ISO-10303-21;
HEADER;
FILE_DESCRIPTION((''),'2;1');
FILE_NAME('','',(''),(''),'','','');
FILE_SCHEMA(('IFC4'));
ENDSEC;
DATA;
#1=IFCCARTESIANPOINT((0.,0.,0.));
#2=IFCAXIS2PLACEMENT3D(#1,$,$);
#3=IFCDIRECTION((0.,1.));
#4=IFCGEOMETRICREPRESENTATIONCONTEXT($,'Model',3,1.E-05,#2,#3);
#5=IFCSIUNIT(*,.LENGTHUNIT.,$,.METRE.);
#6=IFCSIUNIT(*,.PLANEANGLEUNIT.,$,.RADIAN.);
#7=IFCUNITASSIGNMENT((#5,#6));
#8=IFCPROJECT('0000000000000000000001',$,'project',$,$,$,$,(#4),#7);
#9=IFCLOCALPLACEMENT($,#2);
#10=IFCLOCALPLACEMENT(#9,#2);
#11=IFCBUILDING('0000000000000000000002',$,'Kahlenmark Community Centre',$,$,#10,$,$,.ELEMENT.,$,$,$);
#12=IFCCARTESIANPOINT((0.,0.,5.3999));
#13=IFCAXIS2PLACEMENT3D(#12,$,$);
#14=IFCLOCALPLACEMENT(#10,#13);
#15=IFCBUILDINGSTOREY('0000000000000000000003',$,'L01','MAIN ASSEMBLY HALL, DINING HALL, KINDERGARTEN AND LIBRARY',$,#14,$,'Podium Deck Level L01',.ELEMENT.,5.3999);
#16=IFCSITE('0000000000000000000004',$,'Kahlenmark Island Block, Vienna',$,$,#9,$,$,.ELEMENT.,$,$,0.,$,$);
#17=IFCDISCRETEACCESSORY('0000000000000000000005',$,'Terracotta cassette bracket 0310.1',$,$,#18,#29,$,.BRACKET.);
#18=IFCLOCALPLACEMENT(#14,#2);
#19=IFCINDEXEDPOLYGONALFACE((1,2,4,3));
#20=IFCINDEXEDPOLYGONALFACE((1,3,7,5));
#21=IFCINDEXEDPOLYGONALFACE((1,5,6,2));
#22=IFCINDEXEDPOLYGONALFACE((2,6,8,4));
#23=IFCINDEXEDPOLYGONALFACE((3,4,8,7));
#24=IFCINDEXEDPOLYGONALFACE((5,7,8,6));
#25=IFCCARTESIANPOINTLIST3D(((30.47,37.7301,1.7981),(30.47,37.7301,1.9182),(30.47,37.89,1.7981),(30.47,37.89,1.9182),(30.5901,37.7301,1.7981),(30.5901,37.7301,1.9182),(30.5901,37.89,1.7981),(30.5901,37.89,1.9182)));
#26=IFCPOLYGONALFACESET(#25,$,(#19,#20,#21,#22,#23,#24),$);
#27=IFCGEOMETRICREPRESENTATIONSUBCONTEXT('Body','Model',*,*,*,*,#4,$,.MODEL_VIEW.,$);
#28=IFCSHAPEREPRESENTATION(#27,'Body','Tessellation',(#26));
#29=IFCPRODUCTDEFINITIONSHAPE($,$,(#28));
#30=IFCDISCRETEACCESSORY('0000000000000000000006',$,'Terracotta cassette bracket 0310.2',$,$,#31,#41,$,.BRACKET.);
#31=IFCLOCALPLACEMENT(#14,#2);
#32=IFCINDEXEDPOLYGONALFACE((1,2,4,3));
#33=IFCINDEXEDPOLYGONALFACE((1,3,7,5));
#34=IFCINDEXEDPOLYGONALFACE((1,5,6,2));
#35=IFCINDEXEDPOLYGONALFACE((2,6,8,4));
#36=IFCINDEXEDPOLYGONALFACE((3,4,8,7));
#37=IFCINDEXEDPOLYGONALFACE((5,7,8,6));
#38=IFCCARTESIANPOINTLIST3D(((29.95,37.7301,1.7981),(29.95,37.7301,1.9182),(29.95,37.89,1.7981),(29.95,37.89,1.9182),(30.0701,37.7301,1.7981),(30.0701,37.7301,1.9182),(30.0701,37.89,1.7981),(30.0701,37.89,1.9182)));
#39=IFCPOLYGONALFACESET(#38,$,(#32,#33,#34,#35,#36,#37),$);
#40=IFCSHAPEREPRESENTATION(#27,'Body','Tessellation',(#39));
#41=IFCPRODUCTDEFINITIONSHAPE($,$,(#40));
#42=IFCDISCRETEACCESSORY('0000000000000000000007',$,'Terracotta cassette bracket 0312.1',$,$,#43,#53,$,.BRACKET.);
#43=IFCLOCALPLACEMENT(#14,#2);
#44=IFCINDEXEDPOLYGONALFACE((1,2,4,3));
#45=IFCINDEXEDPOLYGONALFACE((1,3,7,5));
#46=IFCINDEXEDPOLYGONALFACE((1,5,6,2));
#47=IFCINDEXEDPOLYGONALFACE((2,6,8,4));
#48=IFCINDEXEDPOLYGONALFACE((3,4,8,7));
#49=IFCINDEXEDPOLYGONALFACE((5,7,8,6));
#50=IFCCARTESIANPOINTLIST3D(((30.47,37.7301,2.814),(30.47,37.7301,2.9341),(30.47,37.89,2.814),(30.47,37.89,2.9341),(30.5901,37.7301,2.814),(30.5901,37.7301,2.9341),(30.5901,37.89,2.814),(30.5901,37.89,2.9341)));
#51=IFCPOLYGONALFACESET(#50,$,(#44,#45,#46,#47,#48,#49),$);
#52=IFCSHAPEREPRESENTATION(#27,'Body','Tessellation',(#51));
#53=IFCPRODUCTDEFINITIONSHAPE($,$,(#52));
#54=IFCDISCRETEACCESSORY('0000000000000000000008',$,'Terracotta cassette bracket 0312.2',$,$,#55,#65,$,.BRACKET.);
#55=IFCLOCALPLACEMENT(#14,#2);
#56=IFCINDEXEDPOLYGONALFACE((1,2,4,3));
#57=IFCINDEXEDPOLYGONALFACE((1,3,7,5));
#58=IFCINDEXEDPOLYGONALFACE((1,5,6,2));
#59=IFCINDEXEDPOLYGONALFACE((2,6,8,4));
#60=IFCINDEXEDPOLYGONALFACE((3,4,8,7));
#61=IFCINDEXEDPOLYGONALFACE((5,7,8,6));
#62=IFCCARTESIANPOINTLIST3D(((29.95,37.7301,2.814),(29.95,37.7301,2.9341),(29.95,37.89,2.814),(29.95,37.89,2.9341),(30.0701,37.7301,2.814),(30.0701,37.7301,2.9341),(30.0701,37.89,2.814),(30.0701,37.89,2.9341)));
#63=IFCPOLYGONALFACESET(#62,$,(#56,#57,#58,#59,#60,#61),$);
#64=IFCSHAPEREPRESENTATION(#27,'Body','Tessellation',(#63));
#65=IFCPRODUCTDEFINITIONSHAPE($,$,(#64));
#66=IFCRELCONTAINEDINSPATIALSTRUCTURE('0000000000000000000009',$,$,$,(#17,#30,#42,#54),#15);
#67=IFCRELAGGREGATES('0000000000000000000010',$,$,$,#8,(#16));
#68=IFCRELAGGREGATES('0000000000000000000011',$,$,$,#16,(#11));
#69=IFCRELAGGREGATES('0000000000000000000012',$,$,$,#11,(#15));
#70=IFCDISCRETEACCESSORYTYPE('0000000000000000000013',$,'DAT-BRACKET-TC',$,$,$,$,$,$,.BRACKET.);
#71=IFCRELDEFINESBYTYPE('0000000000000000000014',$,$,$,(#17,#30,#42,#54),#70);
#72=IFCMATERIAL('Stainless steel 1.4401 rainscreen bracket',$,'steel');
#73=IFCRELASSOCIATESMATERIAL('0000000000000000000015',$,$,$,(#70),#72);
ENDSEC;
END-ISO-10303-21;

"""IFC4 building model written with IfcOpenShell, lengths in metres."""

from ifc_helpers import new_model, si_unit, direction, frame, origin, origin_2d, place, context, subcontext, project, spatial, rectangle, extrude, material, type_object, element, save


model = new_model("IFC4")

# Units and contexts
model_context = context("Model", 3, precision=1e-05, world=origin(), true_north=direction((0.0, 1.0)))
body_context = subcontext(model_context, "Body", "Model", "MODEL_VIEW")
ifc_project = project(units=[si_unit("LENGTHUNIT", "METRE"), si_unit("PLANEANGLEUNIT", "RADIAN")], contexts=[model_context])

# Site, building, storey
site_placement = place(None, origin())
site = spatial("IfcSite", under=ifc_project, at=site_placement, Name="Kahlenmark Island Block, Vienna", CompositionType="ELEMENT", RefElevation=0.0)
building_placement = place(site_placement, origin())
building = spatial("IfcBuilding", under=site, at=building_placement, Name="Kahlenmark Community Centre", CompositionType="ELEMENT")
storey_placement = place(building_placement, frame((0.0, 0.0, 5.3999)))
storey = spatial("IfcBuildingStorey", under=building, at=storey_placement, Name="L01", Description="MAIN ASSEMBLY HALL, DINING HALL, KINDERGARTEN AND LIBRARY", LongName="Podium Deck Level L01", CompositionType="ELEMENT", Elevation=5.3999)

# Discrete accessories
ifc_material_1 = material(Name="Stainless steel 1.4401 rainscreen bracket", Category="steel")
discrete_accessory_type = type_object("IfcDiscreteAccessoryType", Name="DAT-BRACKET-TC", PredefinedType="BRACKET", material=ifc_material_1)
for number, where, z_axis, x_axis, name in (
    (1, (30.53, 37.8101, 1.7981), (0.0, 0.0, 1.0), (-1.0, 0.0, 0.0), "Terracotta cassette bracket 0310.1"),
    (2, (30.01, 37.8101, 1.7981), (0.0, 0.0, 1.0), (-1.0, 0.0, 0.0), "Terracotta cassette bracket 0310.2"),
    (3, (30.53, 37.8101, 2.814), (0.0, 0.0, 1.0), (-1.0, 0.0, 0.0), "Terracotta cassette bracket 0312.1"),
    (4, (30.01, 37.8101, 2.814), (0.0, 0.0, 1.0), (-1.0, 0.0, 0.0), "Terracotta cassette bracket 0312.2"),
):
    element("IfcDiscreteAccessory", number, at=place(storey_placement, frame(where, z_axis=z_axis, x_axis=x_axis)), inside=storey, type_object=discrete_accessory_type, Name=name, PredefinedType="BRACKET", context=body_context, shape_type="SweptSolid", body=[
        extrude(rectangle(XDim=0.1201, YDim=0.1599, at=origin_2d()), origin(), (0.0, 0.0, 1.0), 0.1201),
    ])

save(model, "model.ifc")
